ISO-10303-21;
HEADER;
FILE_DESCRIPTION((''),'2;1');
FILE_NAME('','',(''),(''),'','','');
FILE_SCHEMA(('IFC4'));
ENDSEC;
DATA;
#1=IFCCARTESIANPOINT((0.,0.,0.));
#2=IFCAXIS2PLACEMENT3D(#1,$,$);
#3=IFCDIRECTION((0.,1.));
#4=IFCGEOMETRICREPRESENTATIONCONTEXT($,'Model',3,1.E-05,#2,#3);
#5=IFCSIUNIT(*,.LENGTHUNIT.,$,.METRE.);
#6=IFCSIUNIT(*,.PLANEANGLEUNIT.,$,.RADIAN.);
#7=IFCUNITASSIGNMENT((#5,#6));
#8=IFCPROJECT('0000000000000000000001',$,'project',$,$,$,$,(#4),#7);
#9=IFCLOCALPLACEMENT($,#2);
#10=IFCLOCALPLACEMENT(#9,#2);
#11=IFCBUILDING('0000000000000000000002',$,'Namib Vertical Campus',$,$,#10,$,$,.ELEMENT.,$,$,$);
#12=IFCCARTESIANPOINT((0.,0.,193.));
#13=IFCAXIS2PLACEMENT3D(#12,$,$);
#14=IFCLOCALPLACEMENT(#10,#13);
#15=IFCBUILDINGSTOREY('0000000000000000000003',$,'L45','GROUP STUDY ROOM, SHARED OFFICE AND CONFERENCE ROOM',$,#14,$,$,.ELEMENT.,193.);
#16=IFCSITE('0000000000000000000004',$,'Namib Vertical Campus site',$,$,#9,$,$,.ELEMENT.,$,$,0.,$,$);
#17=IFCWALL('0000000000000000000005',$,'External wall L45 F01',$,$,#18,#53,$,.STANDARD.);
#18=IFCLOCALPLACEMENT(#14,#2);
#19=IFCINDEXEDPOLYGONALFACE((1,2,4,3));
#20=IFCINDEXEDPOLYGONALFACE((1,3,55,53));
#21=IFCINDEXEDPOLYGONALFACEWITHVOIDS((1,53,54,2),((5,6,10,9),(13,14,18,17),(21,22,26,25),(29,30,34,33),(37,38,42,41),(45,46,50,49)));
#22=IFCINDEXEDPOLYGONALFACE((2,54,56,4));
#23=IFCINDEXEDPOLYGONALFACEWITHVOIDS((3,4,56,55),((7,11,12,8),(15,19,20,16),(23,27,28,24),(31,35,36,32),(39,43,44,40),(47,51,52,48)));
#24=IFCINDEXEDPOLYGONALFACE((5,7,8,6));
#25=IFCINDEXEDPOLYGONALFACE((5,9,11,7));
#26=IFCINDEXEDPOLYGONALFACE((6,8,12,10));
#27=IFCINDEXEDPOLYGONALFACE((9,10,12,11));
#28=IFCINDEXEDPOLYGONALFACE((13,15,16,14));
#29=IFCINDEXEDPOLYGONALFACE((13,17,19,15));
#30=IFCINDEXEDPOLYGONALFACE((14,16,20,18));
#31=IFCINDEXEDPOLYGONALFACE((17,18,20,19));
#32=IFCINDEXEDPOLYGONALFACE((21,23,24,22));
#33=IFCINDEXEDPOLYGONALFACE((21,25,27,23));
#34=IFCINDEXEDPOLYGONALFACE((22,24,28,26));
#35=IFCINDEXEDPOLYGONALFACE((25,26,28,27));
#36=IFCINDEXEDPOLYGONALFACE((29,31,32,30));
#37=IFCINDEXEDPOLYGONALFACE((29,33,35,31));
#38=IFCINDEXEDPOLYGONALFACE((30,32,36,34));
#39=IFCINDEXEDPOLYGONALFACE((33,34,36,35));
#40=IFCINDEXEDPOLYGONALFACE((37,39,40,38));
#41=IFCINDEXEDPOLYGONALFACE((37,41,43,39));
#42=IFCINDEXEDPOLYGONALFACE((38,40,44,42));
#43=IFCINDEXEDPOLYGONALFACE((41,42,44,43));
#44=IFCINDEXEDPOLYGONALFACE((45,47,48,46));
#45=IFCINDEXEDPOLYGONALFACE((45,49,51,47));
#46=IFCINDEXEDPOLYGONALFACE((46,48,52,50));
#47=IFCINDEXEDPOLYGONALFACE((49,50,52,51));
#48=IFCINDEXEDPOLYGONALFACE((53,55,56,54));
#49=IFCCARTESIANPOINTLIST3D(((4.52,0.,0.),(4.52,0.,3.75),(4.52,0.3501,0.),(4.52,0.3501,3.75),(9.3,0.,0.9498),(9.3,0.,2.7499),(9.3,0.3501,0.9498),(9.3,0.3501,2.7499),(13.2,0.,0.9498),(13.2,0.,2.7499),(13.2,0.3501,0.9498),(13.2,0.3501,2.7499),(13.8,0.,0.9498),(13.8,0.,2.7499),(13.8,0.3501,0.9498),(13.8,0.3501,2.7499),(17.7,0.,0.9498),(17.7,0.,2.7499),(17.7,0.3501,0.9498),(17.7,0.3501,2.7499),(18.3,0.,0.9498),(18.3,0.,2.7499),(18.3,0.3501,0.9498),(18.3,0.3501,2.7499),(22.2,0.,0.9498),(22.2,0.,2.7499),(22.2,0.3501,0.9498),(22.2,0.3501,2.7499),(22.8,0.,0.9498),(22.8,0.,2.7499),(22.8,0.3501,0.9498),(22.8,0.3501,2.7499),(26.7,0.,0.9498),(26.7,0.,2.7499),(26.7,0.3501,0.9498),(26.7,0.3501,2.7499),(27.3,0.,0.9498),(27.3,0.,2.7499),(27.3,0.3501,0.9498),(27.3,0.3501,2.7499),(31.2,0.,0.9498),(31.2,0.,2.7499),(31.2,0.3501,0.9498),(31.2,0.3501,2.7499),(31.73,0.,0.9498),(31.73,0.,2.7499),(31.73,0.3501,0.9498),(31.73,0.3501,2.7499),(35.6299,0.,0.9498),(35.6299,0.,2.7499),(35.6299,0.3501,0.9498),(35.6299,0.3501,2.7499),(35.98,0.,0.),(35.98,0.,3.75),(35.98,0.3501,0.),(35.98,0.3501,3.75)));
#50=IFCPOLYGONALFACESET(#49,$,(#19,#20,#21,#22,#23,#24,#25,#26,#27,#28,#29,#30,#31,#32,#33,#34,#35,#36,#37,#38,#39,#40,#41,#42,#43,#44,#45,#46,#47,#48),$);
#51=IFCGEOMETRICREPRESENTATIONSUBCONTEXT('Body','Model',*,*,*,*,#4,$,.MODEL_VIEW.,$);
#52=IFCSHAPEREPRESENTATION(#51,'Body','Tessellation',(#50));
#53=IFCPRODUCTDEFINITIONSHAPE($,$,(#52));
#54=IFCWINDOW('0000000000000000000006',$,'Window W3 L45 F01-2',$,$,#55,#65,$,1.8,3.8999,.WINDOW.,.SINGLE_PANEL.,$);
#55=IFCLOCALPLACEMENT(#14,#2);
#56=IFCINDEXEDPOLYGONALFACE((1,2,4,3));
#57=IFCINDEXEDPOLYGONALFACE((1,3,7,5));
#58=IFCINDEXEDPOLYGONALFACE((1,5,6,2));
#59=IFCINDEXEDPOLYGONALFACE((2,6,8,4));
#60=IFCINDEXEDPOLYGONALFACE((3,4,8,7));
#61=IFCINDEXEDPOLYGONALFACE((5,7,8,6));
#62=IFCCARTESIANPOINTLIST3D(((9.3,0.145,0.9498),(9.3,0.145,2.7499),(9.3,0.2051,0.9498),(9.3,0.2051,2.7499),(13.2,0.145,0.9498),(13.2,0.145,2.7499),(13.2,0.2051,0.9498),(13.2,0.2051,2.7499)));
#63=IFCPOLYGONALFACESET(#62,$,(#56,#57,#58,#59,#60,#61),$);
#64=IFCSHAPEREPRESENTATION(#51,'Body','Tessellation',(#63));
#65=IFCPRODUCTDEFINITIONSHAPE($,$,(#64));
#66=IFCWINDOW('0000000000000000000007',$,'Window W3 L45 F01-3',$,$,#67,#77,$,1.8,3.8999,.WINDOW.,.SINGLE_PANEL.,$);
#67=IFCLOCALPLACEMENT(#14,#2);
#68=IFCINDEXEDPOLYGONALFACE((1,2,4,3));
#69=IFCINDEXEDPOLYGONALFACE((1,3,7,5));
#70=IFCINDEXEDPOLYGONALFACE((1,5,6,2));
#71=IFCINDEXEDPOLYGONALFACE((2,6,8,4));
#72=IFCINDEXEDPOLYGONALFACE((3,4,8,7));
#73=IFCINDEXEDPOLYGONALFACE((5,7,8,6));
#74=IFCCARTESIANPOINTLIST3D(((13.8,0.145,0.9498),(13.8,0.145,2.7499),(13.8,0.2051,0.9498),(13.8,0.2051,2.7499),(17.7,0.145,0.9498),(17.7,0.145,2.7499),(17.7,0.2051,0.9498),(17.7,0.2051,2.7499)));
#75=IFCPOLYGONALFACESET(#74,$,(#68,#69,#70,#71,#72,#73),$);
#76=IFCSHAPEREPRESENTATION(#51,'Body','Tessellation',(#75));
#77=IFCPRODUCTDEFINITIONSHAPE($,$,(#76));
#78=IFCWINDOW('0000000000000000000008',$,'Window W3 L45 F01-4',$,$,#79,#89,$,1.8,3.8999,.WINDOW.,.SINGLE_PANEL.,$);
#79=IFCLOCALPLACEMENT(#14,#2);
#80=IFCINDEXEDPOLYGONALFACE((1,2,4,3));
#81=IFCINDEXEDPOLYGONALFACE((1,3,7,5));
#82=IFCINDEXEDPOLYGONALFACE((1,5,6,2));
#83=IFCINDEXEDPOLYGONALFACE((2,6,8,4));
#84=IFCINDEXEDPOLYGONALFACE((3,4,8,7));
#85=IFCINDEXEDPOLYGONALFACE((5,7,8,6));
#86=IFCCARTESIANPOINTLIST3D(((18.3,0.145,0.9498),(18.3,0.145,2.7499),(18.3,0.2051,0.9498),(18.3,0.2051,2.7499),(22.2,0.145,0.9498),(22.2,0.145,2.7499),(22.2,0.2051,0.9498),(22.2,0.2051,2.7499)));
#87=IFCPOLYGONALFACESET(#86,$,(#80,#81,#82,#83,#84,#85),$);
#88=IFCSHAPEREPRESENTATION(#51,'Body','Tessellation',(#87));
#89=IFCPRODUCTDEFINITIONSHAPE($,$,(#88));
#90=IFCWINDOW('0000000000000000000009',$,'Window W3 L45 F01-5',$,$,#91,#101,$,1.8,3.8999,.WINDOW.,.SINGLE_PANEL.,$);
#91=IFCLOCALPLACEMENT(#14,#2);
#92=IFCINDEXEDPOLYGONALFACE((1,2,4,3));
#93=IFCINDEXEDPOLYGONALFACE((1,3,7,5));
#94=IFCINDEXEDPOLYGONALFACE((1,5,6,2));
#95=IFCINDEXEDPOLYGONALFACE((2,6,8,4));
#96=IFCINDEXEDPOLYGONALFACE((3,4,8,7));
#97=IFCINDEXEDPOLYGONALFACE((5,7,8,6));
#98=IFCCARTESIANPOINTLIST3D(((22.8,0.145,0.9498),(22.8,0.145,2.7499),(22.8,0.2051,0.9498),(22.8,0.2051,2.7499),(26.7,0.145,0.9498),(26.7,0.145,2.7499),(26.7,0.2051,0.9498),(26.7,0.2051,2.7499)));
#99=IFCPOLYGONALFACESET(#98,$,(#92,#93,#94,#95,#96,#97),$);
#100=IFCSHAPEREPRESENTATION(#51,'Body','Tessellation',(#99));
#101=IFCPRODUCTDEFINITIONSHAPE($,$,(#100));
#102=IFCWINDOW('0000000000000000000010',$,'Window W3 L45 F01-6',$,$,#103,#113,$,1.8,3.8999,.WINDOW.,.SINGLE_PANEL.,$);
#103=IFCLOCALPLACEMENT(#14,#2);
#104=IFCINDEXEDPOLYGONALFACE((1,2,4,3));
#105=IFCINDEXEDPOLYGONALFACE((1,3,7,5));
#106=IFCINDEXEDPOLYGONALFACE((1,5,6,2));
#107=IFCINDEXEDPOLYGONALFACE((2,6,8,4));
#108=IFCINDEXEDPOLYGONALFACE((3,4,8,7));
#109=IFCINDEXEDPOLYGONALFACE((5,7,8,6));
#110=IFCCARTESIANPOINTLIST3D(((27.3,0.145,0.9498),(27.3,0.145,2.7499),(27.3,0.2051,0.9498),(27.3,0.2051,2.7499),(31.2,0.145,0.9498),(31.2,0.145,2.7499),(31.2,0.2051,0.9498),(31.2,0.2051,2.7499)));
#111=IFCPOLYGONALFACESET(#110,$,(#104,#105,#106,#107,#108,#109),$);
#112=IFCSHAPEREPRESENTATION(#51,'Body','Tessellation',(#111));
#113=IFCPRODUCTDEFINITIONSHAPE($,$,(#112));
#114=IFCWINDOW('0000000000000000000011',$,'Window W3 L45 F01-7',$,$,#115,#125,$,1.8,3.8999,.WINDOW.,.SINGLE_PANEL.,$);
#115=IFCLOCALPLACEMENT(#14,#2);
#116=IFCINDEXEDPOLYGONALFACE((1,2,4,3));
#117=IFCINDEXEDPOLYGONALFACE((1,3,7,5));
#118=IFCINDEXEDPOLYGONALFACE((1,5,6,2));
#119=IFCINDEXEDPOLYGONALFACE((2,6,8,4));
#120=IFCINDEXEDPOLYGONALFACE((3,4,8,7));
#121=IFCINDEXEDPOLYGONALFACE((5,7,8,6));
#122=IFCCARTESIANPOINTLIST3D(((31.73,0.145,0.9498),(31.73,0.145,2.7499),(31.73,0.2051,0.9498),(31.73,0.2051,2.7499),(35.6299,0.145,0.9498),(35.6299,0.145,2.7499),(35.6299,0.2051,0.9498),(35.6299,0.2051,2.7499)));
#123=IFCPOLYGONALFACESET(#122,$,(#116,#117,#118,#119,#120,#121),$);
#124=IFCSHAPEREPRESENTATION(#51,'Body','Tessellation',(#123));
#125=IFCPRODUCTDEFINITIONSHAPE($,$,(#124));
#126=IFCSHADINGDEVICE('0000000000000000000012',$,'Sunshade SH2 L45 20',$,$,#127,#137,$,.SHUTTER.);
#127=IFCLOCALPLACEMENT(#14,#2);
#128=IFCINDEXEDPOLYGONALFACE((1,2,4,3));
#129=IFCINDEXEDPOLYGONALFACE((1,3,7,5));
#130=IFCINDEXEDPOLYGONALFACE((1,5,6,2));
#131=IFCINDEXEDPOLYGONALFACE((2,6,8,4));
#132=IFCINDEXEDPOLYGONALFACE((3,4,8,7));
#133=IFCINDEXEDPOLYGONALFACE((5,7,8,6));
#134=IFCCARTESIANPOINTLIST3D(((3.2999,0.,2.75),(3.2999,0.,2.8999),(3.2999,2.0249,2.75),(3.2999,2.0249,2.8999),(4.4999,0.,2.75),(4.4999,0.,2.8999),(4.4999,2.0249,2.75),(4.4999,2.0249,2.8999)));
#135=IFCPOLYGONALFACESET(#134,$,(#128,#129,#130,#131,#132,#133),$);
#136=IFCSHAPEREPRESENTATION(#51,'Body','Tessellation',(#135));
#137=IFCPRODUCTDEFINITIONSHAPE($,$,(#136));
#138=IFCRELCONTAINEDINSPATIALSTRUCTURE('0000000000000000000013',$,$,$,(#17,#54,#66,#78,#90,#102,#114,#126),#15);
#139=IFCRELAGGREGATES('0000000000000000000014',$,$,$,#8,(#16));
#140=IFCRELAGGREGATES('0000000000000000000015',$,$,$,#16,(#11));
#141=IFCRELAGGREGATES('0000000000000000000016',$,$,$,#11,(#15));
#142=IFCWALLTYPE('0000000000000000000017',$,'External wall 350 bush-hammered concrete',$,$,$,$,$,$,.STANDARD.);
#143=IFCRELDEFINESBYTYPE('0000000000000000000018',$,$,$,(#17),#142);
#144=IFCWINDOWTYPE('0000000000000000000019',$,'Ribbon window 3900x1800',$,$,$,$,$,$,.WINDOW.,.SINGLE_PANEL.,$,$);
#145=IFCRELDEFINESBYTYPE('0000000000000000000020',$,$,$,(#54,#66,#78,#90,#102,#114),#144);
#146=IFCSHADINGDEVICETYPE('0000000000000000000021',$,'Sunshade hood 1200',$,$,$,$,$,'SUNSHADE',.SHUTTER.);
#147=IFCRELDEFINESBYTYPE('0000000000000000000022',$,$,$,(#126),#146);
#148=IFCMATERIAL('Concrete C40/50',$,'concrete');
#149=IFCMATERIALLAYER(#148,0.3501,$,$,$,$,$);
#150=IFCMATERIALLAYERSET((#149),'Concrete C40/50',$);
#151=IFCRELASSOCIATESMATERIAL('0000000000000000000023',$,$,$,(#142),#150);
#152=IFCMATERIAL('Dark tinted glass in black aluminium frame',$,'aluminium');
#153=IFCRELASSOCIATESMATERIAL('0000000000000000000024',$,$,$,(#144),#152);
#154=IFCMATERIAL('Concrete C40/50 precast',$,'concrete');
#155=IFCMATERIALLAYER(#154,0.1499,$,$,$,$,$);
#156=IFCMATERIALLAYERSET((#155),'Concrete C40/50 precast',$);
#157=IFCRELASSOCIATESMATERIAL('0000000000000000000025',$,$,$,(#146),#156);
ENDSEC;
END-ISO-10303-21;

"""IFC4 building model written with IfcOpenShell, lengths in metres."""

from ifc_helpers import new_model, si_unit, direction, frame, frame_2d, origin, origin_2d, place, context, subcontext, project, spatial, rectangle, extrude, material, layer, layer_set, type_object, element, fill, save


model = new_model("IFC4")

# Units and contexts
model_context = context("Model", 3, precision=1e-05, world=origin(), true_north=direction((0.0, 1.0)))
body_context = subcontext(model_context, "Body", "Model", "MODEL_VIEW")
ifc_project = project(units=[si_unit("LENGTHUNIT", "METRE"), si_unit("PLANEANGLEUNIT", "RADIAN")], contexts=[model_context])

# Site, building, storey
site_placement = place(None, origin())
site = spatial("IfcSite", under=ifc_project, at=site_placement, Name="Namib Vertical Campus site", CompositionType="ELEMENT", RefElevation=0.0)
building_placement = place(site_placement, origin())
building = spatial("IfcBuilding", under=site, at=building_placement, Name="Namib Vertical Campus", CompositionType="ELEMENT")
storey_placement = place(building_placement, frame((0.0, 0.0, 193.0)))
storey = spatial("IfcBuildingStorey", under=building, at=storey_placement, Name="L45", Description="GROUP STUDY ROOM, SHARED OFFICE AND CONFERENCE ROOM", CompositionType="ELEMENT", Elevation=193.0)

# Wall, openings, windows
ifc_material_1 = material(Name="Concrete C40/50", Category="concrete")
ifc_layer_1 = layer(ifc_material_1, 0.3501)
ifc_layer_set_1 = layer_set([ifc_layer_1], Name="Concrete C40/50")
wall_type = type_object("IfcWallType", Name="External wall 350 bush-hammered concrete", PredefinedType="STANDARD", material=ifc_layer_set_1)
wall_placement = place(storey_placement, frame((4.52, 0.175, 0.0), z_axis=(0.0, 0.0, 1.0), x_axis=(1.0, 0.0, 0.0)))
wall = element("IfcWall", 1, at=wall_placement, inside=storey, type_object=wall_type, Name="External wall L45 F01", PredefinedType="STANDARD", context=body_context, shape_type="SweptSolid", body=[
    extrude(rectangle(XDim=31.46, YDim=0.3501, at=frame_2d((15.73, 0.0))), origin(), (0.0, 0.0, 1.0), 3.75),
])
opening_1_placement = place(wall_placement, frame((4.78, 0.0, 0.95)))
opening_1 = element("IfcOpeningElement", 2, at=opening_1_placement, cuts=wall, PredefinedType="OPENING", context=body_context, shape_type="SweptSolid", body=[
    extrude(rectangle(XDim=3.8999, YDim=1.8, at=frame_2d((1.95, 0.8999))), frame((0.0, 0.1851, 0.0), z_axis=(0.0, -1.0, 0.0), x_axis=(1.0, 0.0, 0.0)), (0.0, 0.0, 1.0), 0.3701),
])
opening_2_placement = place(wall_placement, frame((9.28, 0.0, 0.95)))
opening_2 = element("IfcOpeningElement", 3, at=opening_2_placement, cuts=wall, PredefinedType="OPENING", context=body_context, shape_type="SweptSolid", body=[
    extrude(rectangle(XDim=3.8999, YDim=1.8, at=frame_2d((1.95, 0.8999))), frame((0.0, 0.1851, 0.0), z_axis=(0.0, -1.0, 0.0), x_axis=(1.0, 0.0, 0.0)), (0.0, 0.0, 1.0), 0.3701),
])
opening_3_placement = place(wall_placement, frame((13.78, 0.0, 0.95)))
opening_3 = element("IfcOpeningElement", 4, at=opening_3_placement, cuts=wall, PredefinedType="OPENING", context=body_context, shape_type="SweptSolid", body=[
    extrude(rectangle(XDim=3.8999, YDim=1.8, at=frame_2d((1.95, 0.8999))), frame((0.0, 0.1851, 0.0), z_axis=(0.0, -1.0, 0.0), x_axis=(1.0, 0.0, 0.0)), (0.0, 0.0, 1.0), 0.3701),
])
opening_4_placement = place(wall_placement, frame((18.28, 0.0, 0.95)))
opening_4 = element("IfcOpeningElement", 5, at=opening_4_placement, cuts=wall, PredefinedType="OPENING", context=body_context, shape_type="SweptSolid", body=[
    extrude(rectangle(XDim=3.8999, YDim=1.8, at=frame_2d((1.95, 0.8999))), frame((0.0, 0.1851, 0.0), z_axis=(0.0, -1.0, 0.0), x_axis=(1.0, 0.0, 0.0)), (0.0, 0.0, 1.0), 0.3701),
])
opening_5_placement = place(wall_placement, frame((22.78, 0.0, 0.95)))
opening_5 = element("IfcOpeningElement", 6, at=opening_5_placement, cuts=wall, PredefinedType="OPENING", context=body_context, shape_type="SweptSolid", body=[
    extrude(rectangle(XDim=3.8999, YDim=1.8, at=frame_2d((1.95, 0.8999))), frame((0.0, 0.1851, 0.0), z_axis=(0.0, -1.0, 0.0), x_axis=(1.0, 0.0, 0.0)), (0.0, 0.0, 1.0), 0.3701),
])
opening_6_placement = place(wall_placement, frame((27.21, 0.0, 0.95)))
opening_6 = element("IfcOpeningElement", 7, at=opening_6_placement, cuts=wall, PredefinedType="OPENING", context=body_context, shape_type="SweptSolid", body=[
    extrude(rectangle(XDim=3.8999, YDim=1.8, at=frame_2d((1.95, 0.8999))), frame((0.0, 0.1851, 0.0), z_axis=(0.0, -1.0, 0.0), x_axis=(1.0, 0.0, 0.0)), (0.0, 0.0, 1.0), 0.3701),
])
ifc_material_2 = material(Name="Dark tinted glass in black aluminium frame", Category="aluminium")
window_type = type_object("IfcWindowType", Name="Ribbon window 3900x1800", PartitioningType="SINGLE_PANEL", PredefinedType="WINDOW", material=ifc_material_2)
window_1_placement = place(opening_1_placement, origin())
window_1 = element("IfcWindow", 8, at=window_1_placement, inside=storey, type_object=window_type, Name="Window W3 L45 F01-2", OverallHeight=1.8, OverallWidth=3.8999, PartitioningType="SINGLE_PANEL", PredefinedType="WINDOW", context=body_context, shape_type="SweptSolid", body=[
    extrude(rectangle(XDim=3.8999, YDim=1.8, at=frame_2d((1.95, 0.8999))), frame((0.0, 0.03, 0.0), z_axis=(0.0, -1.0, 0.0), x_axis=(1.0, 0.0, 0.0)), (0.0, 0.0, 1.0), 0.0601),
])
fill(opening_1, window_1)
window_2_placement = place(opening_2_placement, origin())
window_2 = element("IfcWindow", 9, at=window_2_placement, inside=storey, type_object=window_type, Name="Window W3 L45 F01-3", OverallHeight=1.8, OverallWidth=3.8999, PartitioningType="SINGLE_PANEL", PredefinedType="WINDOW", context=body_context, shape_type="SweptSolid", body=[
    extrude(rectangle(XDim=3.8999, YDim=1.8, at=frame_2d((1.95, 0.8999))), frame((0.0, 0.03, 0.0), z_axis=(0.0, -1.0, 0.0), x_axis=(1.0, 0.0, 0.0)), (0.0, 0.0, 1.0), 0.0601),
])
fill(opening_2, window_2)
window_3_placement = place(opening_3_placement, origin())
window_3 = element("IfcWindow", 10, at=window_3_placement, inside=storey, type_object=window_type, Name="Window W3 L45 F01-4", OverallHeight=1.8, OverallWidth=3.8999, PartitioningType="SINGLE_PANEL", PredefinedType="WINDOW", context=body_context, shape_type="SweptSolid", body=[
    extrude(rectangle(XDim=3.8999, YDim=1.8, at=frame_2d((1.95, 0.8999))), frame((0.0, 0.03, 0.0), z_axis=(0.0, -1.0, 0.0), x_axis=(1.0, 0.0, 0.0)), (0.0, 0.0, 1.0), 0.0601),
])
fill(opening_3, window_3)
window_4_placement = place(opening_4_placement, origin())
window_4 = element("IfcWindow", 11, at=window_4_placement, inside=storey, type_object=window_type, Name="Window W3 L45 F01-5", OverallHeight=1.8, OverallWidth=3.8999, PartitioningType="SINGLE_PANEL", PredefinedType="WINDOW", context=body_context, shape_type="SweptSolid", body=[
    extrude(rectangle(XDim=3.8999, YDim=1.8, at=frame_2d((1.95, 0.8999))), frame((0.0, 0.03, 0.0), z_axis=(0.0, -1.0, 0.0), x_axis=(1.0, 0.0, 0.0)), (0.0, 0.0, 1.0), 0.0601),
])
fill(opening_4, window_4)
window_5_placement = place(opening_5_placement, origin())
window_5 = element("IfcWindow", 12, at=window_5_placement, inside=storey, type_object=window_type, Name="Window W3 L45 F01-6", OverallHeight=1.8, OverallWidth=3.8999, PartitioningType="SINGLE_PANEL", PredefinedType="WINDOW", context=body_context, shape_type="SweptSolid", body=[
    extrude(rectangle(XDim=3.8999, YDim=1.8, at=frame_2d((1.95, 0.8999))), frame((0.0, 0.03, 0.0), z_axis=(0.0, -1.0, 0.0), x_axis=(1.0, 0.0, 0.0)), (0.0, 0.0, 1.0), 0.0601),
])
fill(opening_5, window_5)
window_6_placement = place(opening_6_placement, origin())
window_6 = element("IfcWindow", 13, at=window_6_placement, inside=storey, type_object=window_type, Name="Window W3 L45 F01-7", OverallHeight=1.8, OverallWidth=3.8999, PartitioningType="SINGLE_PANEL", PredefinedType="WINDOW", context=body_context, shape_type="SweptSolid", body=[
    extrude(rectangle(XDim=3.8999, YDim=1.8, at=frame_2d((1.95, 0.8999))), frame((0.0, 0.03, 0.0), z_axis=(0.0, -1.0, 0.0), x_axis=(1.0, 0.0, 0.0)), (0.0, 0.0, 1.0), 0.0601),
])
fill(opening_6, window_6)

# Shading device
ifc_material_3 = material(Name="Concrete C40/50 precast", Category="concrete")
ifc_layer_2 = layer(ifc_material_3, 0.1499)
ifc_layer_set_2 = layer_set([ifc_layer_2], Name="Concrete C40/50 precast")
shading_device_type = type_object("IfcShadingDeviceType", Name="Sunshade hood 1200", ElementType="SUNSHADE", PredefinedType="SHUTTER", material=ifc_layer_set_2)
shading_device_placement = place(storey_placement, frame((3.8999, 1.0125, 2.75), z_axis=(0.0, 0.0, 1.0), x_axis=(0.0, -1.0, 0.0)))
element("IfcShadingDevice", 14, at=shading_device_placement, inside=storey, type_object=shading_device_type, Name="Sunshade SH2 L45 20", PredefinedType="SHUTTER", context=body_context, shape_type="SweptSolid", body=[
    extrude(rectangle(XDim=2.0249, YDim=1.2, at=origin_2d()), origin(), (0.0, 0.0, 1.0), 0.1499),
])

save(model, "model.ifc")
